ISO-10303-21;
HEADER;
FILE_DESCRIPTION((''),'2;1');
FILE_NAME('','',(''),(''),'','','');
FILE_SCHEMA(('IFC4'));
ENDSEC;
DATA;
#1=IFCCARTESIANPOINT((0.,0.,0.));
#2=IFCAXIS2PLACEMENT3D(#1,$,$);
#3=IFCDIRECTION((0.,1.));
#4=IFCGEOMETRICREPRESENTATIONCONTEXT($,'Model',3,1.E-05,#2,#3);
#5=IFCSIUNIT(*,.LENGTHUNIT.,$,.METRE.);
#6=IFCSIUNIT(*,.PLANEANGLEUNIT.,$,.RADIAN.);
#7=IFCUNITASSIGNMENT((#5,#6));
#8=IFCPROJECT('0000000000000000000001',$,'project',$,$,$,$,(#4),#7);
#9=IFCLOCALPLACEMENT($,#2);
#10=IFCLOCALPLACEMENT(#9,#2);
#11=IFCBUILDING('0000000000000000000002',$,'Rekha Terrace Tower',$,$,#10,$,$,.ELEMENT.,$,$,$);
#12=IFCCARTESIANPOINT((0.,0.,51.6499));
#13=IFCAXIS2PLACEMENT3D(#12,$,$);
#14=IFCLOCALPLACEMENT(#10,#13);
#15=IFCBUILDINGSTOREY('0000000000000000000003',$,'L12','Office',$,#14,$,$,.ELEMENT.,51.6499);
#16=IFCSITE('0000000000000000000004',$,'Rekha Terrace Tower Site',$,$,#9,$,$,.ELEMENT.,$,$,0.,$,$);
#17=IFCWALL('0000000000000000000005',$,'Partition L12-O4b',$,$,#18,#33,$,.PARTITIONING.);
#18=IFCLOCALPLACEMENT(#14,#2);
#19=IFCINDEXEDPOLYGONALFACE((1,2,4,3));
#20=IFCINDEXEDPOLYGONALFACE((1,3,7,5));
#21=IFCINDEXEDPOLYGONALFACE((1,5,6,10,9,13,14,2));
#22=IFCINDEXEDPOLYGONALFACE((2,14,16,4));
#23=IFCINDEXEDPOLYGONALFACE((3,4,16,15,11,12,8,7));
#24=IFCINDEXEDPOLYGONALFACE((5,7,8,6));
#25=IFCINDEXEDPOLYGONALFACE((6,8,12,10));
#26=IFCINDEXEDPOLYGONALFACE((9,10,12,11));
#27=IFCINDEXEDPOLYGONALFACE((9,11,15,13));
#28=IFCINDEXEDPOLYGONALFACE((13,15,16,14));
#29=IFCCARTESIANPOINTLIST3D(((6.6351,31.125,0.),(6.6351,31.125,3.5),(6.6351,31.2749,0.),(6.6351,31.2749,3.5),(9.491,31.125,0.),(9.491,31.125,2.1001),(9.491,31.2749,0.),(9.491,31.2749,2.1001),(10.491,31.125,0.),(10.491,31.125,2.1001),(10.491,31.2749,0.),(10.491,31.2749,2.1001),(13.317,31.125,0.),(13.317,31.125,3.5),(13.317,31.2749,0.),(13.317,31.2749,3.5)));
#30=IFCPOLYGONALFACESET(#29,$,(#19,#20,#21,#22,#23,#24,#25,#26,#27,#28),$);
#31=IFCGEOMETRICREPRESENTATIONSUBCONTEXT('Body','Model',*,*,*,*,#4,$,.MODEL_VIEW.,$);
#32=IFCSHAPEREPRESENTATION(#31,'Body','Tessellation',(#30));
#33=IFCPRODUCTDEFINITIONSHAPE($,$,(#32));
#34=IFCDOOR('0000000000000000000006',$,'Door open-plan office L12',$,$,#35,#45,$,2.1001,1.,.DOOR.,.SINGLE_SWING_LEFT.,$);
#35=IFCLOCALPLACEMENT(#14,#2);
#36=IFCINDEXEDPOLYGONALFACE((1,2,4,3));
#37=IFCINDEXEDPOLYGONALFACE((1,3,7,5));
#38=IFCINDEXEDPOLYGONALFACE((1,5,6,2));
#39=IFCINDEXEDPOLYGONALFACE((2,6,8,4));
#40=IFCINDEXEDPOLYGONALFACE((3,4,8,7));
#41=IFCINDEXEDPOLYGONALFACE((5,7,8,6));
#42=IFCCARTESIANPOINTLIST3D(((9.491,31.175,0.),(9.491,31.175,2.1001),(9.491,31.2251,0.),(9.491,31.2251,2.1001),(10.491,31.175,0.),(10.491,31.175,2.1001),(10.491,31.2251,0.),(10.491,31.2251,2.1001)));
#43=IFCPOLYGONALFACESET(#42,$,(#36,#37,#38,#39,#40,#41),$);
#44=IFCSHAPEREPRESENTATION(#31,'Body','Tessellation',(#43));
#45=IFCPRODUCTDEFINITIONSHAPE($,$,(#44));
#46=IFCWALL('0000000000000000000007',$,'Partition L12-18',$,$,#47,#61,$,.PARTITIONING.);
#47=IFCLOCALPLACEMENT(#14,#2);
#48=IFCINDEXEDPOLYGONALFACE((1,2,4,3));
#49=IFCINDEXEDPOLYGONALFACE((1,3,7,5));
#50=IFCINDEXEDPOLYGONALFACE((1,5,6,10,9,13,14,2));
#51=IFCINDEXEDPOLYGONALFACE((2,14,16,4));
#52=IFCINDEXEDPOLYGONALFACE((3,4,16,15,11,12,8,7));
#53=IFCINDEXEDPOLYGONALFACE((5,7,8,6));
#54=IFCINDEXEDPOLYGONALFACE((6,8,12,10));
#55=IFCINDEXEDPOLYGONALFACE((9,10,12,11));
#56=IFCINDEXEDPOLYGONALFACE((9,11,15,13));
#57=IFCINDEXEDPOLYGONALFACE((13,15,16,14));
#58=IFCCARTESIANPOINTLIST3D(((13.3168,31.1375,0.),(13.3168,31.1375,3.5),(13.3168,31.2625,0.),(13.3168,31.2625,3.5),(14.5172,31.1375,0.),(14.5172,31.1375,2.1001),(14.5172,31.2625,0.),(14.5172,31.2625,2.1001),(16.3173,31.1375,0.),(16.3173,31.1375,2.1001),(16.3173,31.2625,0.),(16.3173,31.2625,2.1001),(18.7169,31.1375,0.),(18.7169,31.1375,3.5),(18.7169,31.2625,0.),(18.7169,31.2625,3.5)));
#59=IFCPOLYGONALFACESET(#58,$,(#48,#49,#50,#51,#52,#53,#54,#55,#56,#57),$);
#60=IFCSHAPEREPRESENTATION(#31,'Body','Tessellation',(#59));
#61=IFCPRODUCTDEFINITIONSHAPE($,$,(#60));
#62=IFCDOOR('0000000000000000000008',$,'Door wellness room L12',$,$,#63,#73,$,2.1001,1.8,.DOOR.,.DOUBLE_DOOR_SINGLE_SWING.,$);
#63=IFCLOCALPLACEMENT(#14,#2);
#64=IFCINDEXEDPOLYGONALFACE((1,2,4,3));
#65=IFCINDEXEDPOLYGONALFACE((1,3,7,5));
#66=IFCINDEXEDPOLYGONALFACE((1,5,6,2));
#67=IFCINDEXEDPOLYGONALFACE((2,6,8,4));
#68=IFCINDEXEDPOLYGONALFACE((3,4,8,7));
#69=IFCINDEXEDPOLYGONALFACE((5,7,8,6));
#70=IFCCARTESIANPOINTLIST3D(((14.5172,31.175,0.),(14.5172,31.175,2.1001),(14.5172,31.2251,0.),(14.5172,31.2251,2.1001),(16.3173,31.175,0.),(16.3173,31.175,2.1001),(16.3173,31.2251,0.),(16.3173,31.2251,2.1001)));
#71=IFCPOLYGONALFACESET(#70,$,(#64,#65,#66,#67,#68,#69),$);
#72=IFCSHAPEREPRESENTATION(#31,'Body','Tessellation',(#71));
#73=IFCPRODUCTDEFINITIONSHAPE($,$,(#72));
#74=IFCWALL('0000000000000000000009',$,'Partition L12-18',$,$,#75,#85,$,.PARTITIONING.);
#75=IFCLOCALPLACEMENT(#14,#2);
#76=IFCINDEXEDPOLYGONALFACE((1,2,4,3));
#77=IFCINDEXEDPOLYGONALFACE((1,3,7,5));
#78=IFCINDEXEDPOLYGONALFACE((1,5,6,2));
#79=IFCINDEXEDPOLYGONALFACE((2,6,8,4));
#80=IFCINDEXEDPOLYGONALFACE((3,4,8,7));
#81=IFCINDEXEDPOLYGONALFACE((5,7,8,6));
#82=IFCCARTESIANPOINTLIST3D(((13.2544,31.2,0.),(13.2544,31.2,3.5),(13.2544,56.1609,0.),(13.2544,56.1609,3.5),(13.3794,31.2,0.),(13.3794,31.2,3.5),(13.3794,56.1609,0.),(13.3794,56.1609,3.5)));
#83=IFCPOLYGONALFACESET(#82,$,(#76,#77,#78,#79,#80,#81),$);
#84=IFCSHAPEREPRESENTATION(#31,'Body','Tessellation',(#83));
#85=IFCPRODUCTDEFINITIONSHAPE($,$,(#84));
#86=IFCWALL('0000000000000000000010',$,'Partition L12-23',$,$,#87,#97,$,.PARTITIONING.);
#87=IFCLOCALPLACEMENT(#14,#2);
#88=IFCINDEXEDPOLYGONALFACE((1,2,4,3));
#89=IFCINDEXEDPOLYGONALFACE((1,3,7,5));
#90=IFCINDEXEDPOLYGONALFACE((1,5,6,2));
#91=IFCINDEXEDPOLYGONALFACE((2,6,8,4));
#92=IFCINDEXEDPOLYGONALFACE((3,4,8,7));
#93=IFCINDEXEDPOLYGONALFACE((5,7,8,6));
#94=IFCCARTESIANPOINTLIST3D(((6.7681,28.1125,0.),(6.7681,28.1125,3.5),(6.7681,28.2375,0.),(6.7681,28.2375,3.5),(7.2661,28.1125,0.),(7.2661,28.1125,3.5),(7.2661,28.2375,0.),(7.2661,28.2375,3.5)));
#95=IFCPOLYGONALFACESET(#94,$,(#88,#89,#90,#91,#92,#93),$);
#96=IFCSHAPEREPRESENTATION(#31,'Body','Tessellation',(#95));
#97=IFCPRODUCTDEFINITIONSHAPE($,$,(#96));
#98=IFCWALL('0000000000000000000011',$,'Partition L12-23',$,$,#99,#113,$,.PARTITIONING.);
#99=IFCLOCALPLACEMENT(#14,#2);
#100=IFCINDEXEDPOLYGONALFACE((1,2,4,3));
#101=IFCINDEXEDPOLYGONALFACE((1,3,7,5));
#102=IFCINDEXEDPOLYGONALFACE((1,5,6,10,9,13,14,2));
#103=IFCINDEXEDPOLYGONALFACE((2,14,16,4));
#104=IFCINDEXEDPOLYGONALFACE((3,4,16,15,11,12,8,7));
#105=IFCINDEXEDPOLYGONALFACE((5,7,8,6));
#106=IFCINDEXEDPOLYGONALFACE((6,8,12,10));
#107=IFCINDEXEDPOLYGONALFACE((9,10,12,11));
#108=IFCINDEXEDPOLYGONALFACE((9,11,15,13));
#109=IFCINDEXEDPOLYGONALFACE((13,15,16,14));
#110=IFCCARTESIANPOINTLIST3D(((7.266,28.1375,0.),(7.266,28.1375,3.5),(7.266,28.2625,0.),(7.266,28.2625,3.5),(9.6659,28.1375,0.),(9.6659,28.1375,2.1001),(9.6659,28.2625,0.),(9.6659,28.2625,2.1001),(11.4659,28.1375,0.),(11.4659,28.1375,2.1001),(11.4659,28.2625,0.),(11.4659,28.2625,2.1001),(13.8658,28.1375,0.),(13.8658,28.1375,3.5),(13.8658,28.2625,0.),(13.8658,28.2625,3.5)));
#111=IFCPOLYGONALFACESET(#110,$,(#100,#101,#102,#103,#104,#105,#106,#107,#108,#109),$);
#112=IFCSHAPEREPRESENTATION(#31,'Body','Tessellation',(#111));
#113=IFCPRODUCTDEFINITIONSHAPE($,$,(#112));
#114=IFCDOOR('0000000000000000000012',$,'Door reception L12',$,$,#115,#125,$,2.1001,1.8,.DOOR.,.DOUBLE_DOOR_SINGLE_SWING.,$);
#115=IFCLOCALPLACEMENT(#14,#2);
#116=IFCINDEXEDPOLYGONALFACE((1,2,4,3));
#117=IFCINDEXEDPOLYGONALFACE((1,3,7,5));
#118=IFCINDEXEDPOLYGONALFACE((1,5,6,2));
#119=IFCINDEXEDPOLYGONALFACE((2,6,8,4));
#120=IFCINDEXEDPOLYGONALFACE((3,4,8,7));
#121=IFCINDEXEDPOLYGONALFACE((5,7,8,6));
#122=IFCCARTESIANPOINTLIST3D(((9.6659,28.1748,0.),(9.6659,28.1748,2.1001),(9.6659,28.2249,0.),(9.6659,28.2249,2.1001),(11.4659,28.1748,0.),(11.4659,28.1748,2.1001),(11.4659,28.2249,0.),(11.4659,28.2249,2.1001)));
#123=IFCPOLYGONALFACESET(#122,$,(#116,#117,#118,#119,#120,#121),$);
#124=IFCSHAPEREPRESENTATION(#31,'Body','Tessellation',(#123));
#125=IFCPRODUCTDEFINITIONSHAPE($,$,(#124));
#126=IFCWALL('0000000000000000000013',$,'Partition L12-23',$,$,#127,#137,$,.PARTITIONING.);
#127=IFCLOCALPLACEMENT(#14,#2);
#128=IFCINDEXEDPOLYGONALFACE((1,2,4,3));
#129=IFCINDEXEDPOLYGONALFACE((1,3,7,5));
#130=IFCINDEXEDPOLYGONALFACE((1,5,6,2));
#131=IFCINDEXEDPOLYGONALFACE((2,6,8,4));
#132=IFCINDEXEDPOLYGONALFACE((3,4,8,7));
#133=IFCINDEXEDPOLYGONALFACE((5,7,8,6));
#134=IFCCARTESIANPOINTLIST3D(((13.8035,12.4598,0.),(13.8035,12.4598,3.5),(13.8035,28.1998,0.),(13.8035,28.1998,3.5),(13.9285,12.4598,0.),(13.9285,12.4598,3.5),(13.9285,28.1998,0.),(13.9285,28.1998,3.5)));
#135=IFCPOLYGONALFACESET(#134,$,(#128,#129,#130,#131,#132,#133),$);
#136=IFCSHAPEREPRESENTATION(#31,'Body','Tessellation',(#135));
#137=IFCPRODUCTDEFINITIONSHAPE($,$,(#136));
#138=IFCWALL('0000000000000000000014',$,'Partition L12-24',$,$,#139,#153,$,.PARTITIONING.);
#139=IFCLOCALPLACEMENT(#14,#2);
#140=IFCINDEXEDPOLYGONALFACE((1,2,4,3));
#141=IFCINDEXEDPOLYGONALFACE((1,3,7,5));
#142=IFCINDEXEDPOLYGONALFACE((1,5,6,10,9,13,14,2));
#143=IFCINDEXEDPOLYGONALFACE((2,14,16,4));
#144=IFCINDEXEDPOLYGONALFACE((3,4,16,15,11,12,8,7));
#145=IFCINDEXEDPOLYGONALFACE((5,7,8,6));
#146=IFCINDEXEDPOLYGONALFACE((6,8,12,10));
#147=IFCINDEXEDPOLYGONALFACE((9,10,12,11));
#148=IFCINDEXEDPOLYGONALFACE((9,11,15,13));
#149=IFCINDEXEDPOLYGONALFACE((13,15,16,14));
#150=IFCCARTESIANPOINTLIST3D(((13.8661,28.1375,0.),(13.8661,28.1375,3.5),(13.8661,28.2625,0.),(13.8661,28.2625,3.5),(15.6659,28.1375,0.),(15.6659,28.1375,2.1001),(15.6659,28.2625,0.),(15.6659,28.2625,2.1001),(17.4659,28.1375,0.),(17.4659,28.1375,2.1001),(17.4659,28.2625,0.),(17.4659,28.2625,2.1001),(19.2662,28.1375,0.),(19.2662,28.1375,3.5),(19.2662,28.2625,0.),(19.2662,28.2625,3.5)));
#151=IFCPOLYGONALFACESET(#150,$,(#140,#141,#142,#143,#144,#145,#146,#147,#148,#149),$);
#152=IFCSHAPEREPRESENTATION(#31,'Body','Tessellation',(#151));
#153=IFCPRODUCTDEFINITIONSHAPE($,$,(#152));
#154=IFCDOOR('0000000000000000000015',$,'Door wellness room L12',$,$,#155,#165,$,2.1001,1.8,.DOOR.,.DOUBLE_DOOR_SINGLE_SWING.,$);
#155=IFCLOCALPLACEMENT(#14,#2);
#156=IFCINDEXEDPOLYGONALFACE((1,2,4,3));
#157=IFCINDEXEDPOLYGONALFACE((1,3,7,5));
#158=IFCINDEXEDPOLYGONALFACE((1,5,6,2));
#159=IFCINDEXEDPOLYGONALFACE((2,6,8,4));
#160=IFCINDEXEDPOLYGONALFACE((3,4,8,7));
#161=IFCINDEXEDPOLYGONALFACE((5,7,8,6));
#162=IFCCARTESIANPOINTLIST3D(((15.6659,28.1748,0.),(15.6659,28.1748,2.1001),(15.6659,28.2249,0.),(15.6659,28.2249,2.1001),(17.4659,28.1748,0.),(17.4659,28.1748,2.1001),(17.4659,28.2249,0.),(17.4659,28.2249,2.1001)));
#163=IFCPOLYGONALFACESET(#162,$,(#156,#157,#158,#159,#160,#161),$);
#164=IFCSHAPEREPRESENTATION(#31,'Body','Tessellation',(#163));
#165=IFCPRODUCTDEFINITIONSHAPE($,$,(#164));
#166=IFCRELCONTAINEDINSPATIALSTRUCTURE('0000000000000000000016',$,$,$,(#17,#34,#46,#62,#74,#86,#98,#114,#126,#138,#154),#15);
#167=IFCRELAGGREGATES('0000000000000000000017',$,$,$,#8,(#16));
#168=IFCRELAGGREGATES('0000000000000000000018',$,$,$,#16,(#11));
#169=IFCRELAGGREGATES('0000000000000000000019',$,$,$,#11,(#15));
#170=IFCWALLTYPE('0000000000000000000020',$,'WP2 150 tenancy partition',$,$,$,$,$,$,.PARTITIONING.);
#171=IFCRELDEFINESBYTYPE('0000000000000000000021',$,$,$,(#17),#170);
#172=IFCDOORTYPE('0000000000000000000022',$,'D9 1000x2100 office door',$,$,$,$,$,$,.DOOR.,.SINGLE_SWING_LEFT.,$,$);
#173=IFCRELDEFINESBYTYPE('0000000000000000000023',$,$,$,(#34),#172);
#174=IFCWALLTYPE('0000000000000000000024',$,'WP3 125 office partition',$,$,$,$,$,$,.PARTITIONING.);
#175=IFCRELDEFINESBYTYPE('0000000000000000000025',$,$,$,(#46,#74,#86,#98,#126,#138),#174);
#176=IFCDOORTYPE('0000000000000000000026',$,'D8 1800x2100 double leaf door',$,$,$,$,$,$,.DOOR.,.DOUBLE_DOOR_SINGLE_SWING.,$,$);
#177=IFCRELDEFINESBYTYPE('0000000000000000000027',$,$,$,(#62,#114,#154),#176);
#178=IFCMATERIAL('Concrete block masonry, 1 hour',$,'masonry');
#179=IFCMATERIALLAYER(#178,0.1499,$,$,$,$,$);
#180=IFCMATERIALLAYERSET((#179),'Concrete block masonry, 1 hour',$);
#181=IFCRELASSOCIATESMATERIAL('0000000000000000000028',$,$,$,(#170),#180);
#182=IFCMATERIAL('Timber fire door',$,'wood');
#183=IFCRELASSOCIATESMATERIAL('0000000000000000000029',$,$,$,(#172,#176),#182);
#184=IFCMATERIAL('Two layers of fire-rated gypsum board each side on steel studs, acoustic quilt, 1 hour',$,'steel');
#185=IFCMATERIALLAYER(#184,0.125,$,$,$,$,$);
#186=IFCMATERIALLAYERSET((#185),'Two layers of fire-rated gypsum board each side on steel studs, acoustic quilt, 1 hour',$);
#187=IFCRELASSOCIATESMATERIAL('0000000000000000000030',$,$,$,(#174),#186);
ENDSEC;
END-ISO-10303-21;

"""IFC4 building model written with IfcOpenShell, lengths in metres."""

from ifc_helpers import new_model, si_unit, direction, frame, frame_2d, origin, place, context, subcontext, project, spatial, rectangle, extrude, material, layer, layer_set, type_object, element, fill, save


model = new_model("IFC4")

# Units and contexts
model_context = context("Model", 3, precision=1e-05, world=origin(), true_north=direction((0.0, 1.0)))
body_context = subcontext(model_context, "Body", "Model", "MODEL_VIEW")
ifc_project = project(units=[si_unit("LENGTHUNIT", "METRE"), si_unit("PLANEANGLEUNIT", "RADIAN")], contexts=[model_context])

# Site, building, storey
site_placement = place(None, origin())
site = spatial("IfcSite", under=ifc_project, at=site_placement, Name="Rekha Terrace Tower Site", CompositionType="ELEMENT", RefElevation=0.0)
building_placement = place(site_placement, origin())
building = spatial("IfcBuilding", under=site, at=building_placement, Name="Rekha Terrace Tower", CompositionType="ELEMENT")
storey_placement = place(building_placement, frame((0.0, 0.0, 51.6499)))
storey = spatial("IfcBuildingStorey", under=building, at=storey_placement, Name="L12", Description="Office", CompositionType="ELEMENT", Elevation=51.6499)

# Walls, openings, doors
ifc_material_1 = material(Name="Concrete block masonry, 1 hour", Category="masonry")
ifc_layer_1 = layer(ifc_material_1, 0.1499)
ifc_layer_set_1 = layer_set([ifc_layer_1], Name="Concrete block masonry, 1 hour")
wall_type_1 = type_object("IfcWallType", Name="WP2 150 tenancy partition", PredefinedType="PARTITIONING", material=ifc_layer_set_1)
wall_1_placement = place(storey_placement, frame((13.3169, 31.2, 0.0), z_axis=(0.0, 0.0, 1.0), x_axis=(-1.0, 0.0, 0.0)))
wall_1 = element("IfcWall", 1, at=wall_1_placement, inside=storey, type_object=wall_type_1, Name="Partition L12-O4b", PredefinedType="PARTITIONING", context=body_context, shape_type="SweptSolid", body=[
    extrude(rectangle(XDim=6.6819, YDim=0.1499, at=frame_2d((3.3408, 0.0))), origin(), (0.0, 0.0, 1.0), 3.5),
])
opening_1_placement = place(wall_1_placement, frame((2.8259, 0.0, 0.0)))
opening_1 = element("IfcOpeningElement", 2, at=opening_1_placement, cuts=wall_1, PredefinedType="OPENING", context=body_context, shape_type="SweptSolid", body=[
    extrude(rectangle(XDim=1.0, YDim=2.1001, at=frame_2d((0.5, 1.05))), frame((0.0, 0.085, 0.0), z_axis=(0.0, -1.0, 0.0), x_axis=(1.0, 0.0, 0.0)), (0.0, 0.0, 1.0), 0.1699),
])
ifc_material_2 = material(Name="Timber fire door", Category="wood")
door_type_1 = type_object("IfcDoorType", Name="D9 1000x2100 office door", OperationType="SINGLE_SWING_LEFT", PredefinedType="DOOR", material=ifc_material_2)
door_1_placement = place(opening_1_placement, origin())
door_1 = element("IfcDoor", 3, at=door_1_placement, inside=storey, type_object=door_type_1, Name="Door open-plan office L12", OperationType="SINGLE_SWING_LEFT", OverallHeight=2.1001, OverallWidth=1.0, PredefinedType="DOOR", context=body_context, shape_type="SweptSolid", body=[
    extrude(rectangle(XDim=1.0, YDim=2.1001, at=frame_2d((0.5, 1.05))), frame((0.0, 0.0249, 0.0), z_axis=(0.0, -1.0, 0.0), x_axis=(1.0, 0.0, 0.0)), (0.0, 0.0, 1.0), 0.05),
])
fill(opening_1, door_1)
ifc_material_3 = material(Name="Two layers of fire-rated gypsum board each side on steel studs, acoustic quilt, 1 hour", Category="steel")
ifc_layer_2 = layer(ifc_material_3, 0.125)
ifc_layer_set_2 = layer_set([ifc_layer_2], Name="Two layers of fire-rated gypsum board each side on steel studs, acoustic quilt, 1 hour")
wall_type_2 = type_object("IfcWallType", Name="WP3 125 office partition", PredefinedType="PARTITIONING", material=ifc_layer_set_2)
wall_2_placement = place(storey_placement, frame((18.717, 31.2, 0.0), z_axis=(0.0, 0.0, 1.0), x_axis=(-1.0, 0.0, 0.0)))
wall_2 = element("IfcWall", 4, at=wall_2_placement, inside=storey, type_object=wall_type_2, Name="Partition L12-18", PredefinedType="PARTITIONING", context=body_context, shape_type="SweptSolid", body=[
    extrude(rectangle(XDim=5.4001, YDim=0.125, at=frame_2d((2.7002, 0.0))), origin(), (0.0, 0.0, 1.0), 3.5),
])
opening_2_placement = place(wall_2_placement, frame((2.3999, 0.0, 0.0)))
opening_2 = element("IfcOpeningElement", 5, at=opening_2_placement, cuts=wall_2, PredefinedType="OPENING", context=body_context, shape_type="SweptSolid", body=[
    extrude(rectangle(XDim=1.8, YDim=2.1001, at=frame_2d((0.8999, 1.05))), frame((0.0, 0.0725, 0.0), z_axis=(0.0, -1.0, 0.0), x_axis=(1.0, 0.0, 0.0)), (0.0, 0.0, 1.0), 0.145),
])
door_type_2 = type_object("IfcDoorType", Name="D8 1800x2100 double leaf door", OperationType="DOUBLE_DOOR_SINGLE_SWING", PredefinedType="DOOR", material=ifc_material_2)
door_2_placement = place(opening_2_placement, origin())
door_2 = element("IfcDoor", 6, at=door_2_placement, inside=storey, type_object=door_type_2, Name="Door wellness room L12", OperationType="DOUBLE_DOOR_SINGLE_SWING", OverallHeight=2.1001, OverallWidth=1.8, PredefinedType="DOOR", context=body_context, shape_type="SweptSolid", body=[
    extrude(rectangle(XDim=1.8, YDim=2.1001, at=frame_2d((0.8999, 1.05))), frame((0.0, 0.0249, 0.0), z_axis=(0.0, -1.0, 0.0), x_axis=(1.0, 0.0, 0.0)), (0.0, 0.0, 1.0), 0.05),
])
fill(opening_2, door_2)

# Walls
wall_3_placement = place(storey_placement, frame((13.3169, 31.2, 0.0), z_axis=(0.0, 0.0, 1.0), x_axis=(0.0, 1.0, 0.0)))
element("IfcWall", 7, at=wall_3_placement, inside=storey, type_object=wall_type_2, Name="Partition L12-18", PredefinedType="PARTITIONING", context=body_context, shape_type="SweptSolid", body=[
    extrude(rectangle(XDim=24.9609, YDim=0.125, at=frame_2d((12.4805, 0.0))), origin(), (0.0, 0.0, 1.0), 3.5),
])
wall_4_placement = place(storey_placement, frame((6.7681, 28.175, 0.0), z_axis=(0.0, 0.0, 1.0), x_axis=(1.0, 0.0, 0.0)))
element("IfcWall", 8, at=wall_4_placement, inside=storey, type_object=wall_type_2, Name="Partition L12-23", PredefinedType="PARTITIONING", context=body_context, shape_type="SweptSolid", body=[
    extrude(rectangle(XDim=0.498, YDim=0.125, at=frame_2d((0.249, 0.0))), origin(), (0.0, 0.0, 1.0), 3.5),
])

# Wall, opening, door
wall_5_placement = place(storey_placement, frame((7.2661, 28.2, 0.0), z_axis=(0.0, 0.0, 1.0), x_axis=(1.0, 0.0, 0.0)))
wall_5 = element("IfcWall", 9, at=wall_5_placement, inside=storey, type_object=wall_type_2, Name="Partition L12-23", PredefinedType="PARTITIONING", context=body_context, shape_type="SweptSolid", body=[
    extrude(rectangle(XDim=6.5999, YDim=0.125, at=frame_2d((3.2998, 0.0))), origin(), (0.0, 0.0, 1.0), 3.5),
])
opening_3_placement = place(wall_5_placement, frame((2.3999, 0.0, 0.0)))
opening_3 = element("IfcOpeningElement", 10, at=opening_3_placement, cuts=wall_5, PredefinedType="OPENING", context=body_context, shape_type="SweptSolid", body=[
    extrude(rectangle(XDim=1.8, YDim=2.1001, at=frame_2d((0.8999, 1.05))), frame((0.0, 0.0725, 0.0), z_axis=(0.0, -1.0, 0.0), x_axis=(1.0, 0.0, 0.0)), (0.0, 0.0, 1.0), 0.145),
])
door_3_placement = place(opening_3_placement, origin())
door_3 = element("IfcDoor", 11, at=door_3_placement, inside=storey, type_object=door_type_2, Name="Door reception L12", OperationType="DOUBLE_DOOR_SINGLE_SWING", OverallHeight=2.1001, OverallWidth=1.8, PredefinedType="DOOR", context=body_context, shape_type="SweptSolid", body=[
    extrude(rectangle(XDim=1.8, YDim=2.1001, at=frame_2d((0.8999, 1.05))), frame((0.0, 0.0249, 0.0), z_axis=(0.0, -1.0, 0.0), x_axis=(1.0, 0.0, 0.0)), (0.0, 0.0, 1.0), 0.05),
])
fill(opening_3, door_3)

# Wall
wall_6_placement = place(storey_placement, frame((13.866, 28.2, 0.0), z_axis=(0.0, 0.0, 1.0), x_axis=(0.0, -1.0, 0.0)))
element("IfcWall", 12, at=wall_6_placement, inside=storey, type_object=wall_type_2, Name="Partition L12-23", PredefinedType="PARTITIONING", context=body_context, shape_type="SweptSolid", body=[
    extrude(rectangle(XDim=15.74, YDim=0.125, at=frame_2d((7.8701, 0.0))), origin(), (0.0, 0.0, 1.0), 3.5),
])

# Wall, opening, door
wall_7_placement = place(storey_placement, frame((13.866, 28.2, 0.0), z_axis=(0.0, 0.0, 1.0), x_axis=(1.0, 0.0, 0.0)))
wall_7 = element("IfcWall", 13, at=wall_7_placement, inside=storey, type_object=wall_type_2, Name="Partition L12-24", PredefinedType="PARTITIONING", context=body_context, shape_type="SweptSolid", body=[
    extrude(rectangle(XDim=5.4001, YDim=0.125, at=frame_2d((2.7002, 0.0))), origin(), (0.0, 0.0, 1.0), 3.5),
])
opening_4_placement = place(wall_7_placement, frame((1.8, 0.0, 0.0)))
opening_4 = element("IfcOpeningElement", 14, at=opening_4_placement, cuts=wall_7, PredefinedType="OPENING", context=body_context, shape_type="SweptSolid", body=[
    extrude(rectangle(XDim=1.8, YDim=2.1001, at=frame_2d((0.8999, 1.05))), frame((0.0, 0.0725, 0.0), z_axis=(0.0, -1.0, 0.0), x_axis=(1.0, 0.0, 0.0)), (0.0, 0.0, 1.0), 0.145),
])
door_4_placement = place(opening_4_placement, origin())
door_4 = element("IfcDoor", 15, at=door_4_placement, inside=storey, type_object=door_type_2, Name="Door wellness room L12", OperationType="DOUBLE_DOOR_SINGLE_SWING", OverallHeight=2.1001, OverallWidth=1.8, PredefinedType="DOOR", context=body_context, shape_type="SweptSolid", body=[
    extrude(rectangle(XDim=1.8, YDim=2.1001, at=frame_2d((0.8999, 1.05))), frame((0.0, 0.0249, 0.0), z_axis=(0.0, -1.0, 0.0), x_axis=(1.0, 0.0, 0.0)), (0.0, 0.0, 1.0), 0.05),
])
fill(opening_4, door_4)

save(model, "model.ifc")
